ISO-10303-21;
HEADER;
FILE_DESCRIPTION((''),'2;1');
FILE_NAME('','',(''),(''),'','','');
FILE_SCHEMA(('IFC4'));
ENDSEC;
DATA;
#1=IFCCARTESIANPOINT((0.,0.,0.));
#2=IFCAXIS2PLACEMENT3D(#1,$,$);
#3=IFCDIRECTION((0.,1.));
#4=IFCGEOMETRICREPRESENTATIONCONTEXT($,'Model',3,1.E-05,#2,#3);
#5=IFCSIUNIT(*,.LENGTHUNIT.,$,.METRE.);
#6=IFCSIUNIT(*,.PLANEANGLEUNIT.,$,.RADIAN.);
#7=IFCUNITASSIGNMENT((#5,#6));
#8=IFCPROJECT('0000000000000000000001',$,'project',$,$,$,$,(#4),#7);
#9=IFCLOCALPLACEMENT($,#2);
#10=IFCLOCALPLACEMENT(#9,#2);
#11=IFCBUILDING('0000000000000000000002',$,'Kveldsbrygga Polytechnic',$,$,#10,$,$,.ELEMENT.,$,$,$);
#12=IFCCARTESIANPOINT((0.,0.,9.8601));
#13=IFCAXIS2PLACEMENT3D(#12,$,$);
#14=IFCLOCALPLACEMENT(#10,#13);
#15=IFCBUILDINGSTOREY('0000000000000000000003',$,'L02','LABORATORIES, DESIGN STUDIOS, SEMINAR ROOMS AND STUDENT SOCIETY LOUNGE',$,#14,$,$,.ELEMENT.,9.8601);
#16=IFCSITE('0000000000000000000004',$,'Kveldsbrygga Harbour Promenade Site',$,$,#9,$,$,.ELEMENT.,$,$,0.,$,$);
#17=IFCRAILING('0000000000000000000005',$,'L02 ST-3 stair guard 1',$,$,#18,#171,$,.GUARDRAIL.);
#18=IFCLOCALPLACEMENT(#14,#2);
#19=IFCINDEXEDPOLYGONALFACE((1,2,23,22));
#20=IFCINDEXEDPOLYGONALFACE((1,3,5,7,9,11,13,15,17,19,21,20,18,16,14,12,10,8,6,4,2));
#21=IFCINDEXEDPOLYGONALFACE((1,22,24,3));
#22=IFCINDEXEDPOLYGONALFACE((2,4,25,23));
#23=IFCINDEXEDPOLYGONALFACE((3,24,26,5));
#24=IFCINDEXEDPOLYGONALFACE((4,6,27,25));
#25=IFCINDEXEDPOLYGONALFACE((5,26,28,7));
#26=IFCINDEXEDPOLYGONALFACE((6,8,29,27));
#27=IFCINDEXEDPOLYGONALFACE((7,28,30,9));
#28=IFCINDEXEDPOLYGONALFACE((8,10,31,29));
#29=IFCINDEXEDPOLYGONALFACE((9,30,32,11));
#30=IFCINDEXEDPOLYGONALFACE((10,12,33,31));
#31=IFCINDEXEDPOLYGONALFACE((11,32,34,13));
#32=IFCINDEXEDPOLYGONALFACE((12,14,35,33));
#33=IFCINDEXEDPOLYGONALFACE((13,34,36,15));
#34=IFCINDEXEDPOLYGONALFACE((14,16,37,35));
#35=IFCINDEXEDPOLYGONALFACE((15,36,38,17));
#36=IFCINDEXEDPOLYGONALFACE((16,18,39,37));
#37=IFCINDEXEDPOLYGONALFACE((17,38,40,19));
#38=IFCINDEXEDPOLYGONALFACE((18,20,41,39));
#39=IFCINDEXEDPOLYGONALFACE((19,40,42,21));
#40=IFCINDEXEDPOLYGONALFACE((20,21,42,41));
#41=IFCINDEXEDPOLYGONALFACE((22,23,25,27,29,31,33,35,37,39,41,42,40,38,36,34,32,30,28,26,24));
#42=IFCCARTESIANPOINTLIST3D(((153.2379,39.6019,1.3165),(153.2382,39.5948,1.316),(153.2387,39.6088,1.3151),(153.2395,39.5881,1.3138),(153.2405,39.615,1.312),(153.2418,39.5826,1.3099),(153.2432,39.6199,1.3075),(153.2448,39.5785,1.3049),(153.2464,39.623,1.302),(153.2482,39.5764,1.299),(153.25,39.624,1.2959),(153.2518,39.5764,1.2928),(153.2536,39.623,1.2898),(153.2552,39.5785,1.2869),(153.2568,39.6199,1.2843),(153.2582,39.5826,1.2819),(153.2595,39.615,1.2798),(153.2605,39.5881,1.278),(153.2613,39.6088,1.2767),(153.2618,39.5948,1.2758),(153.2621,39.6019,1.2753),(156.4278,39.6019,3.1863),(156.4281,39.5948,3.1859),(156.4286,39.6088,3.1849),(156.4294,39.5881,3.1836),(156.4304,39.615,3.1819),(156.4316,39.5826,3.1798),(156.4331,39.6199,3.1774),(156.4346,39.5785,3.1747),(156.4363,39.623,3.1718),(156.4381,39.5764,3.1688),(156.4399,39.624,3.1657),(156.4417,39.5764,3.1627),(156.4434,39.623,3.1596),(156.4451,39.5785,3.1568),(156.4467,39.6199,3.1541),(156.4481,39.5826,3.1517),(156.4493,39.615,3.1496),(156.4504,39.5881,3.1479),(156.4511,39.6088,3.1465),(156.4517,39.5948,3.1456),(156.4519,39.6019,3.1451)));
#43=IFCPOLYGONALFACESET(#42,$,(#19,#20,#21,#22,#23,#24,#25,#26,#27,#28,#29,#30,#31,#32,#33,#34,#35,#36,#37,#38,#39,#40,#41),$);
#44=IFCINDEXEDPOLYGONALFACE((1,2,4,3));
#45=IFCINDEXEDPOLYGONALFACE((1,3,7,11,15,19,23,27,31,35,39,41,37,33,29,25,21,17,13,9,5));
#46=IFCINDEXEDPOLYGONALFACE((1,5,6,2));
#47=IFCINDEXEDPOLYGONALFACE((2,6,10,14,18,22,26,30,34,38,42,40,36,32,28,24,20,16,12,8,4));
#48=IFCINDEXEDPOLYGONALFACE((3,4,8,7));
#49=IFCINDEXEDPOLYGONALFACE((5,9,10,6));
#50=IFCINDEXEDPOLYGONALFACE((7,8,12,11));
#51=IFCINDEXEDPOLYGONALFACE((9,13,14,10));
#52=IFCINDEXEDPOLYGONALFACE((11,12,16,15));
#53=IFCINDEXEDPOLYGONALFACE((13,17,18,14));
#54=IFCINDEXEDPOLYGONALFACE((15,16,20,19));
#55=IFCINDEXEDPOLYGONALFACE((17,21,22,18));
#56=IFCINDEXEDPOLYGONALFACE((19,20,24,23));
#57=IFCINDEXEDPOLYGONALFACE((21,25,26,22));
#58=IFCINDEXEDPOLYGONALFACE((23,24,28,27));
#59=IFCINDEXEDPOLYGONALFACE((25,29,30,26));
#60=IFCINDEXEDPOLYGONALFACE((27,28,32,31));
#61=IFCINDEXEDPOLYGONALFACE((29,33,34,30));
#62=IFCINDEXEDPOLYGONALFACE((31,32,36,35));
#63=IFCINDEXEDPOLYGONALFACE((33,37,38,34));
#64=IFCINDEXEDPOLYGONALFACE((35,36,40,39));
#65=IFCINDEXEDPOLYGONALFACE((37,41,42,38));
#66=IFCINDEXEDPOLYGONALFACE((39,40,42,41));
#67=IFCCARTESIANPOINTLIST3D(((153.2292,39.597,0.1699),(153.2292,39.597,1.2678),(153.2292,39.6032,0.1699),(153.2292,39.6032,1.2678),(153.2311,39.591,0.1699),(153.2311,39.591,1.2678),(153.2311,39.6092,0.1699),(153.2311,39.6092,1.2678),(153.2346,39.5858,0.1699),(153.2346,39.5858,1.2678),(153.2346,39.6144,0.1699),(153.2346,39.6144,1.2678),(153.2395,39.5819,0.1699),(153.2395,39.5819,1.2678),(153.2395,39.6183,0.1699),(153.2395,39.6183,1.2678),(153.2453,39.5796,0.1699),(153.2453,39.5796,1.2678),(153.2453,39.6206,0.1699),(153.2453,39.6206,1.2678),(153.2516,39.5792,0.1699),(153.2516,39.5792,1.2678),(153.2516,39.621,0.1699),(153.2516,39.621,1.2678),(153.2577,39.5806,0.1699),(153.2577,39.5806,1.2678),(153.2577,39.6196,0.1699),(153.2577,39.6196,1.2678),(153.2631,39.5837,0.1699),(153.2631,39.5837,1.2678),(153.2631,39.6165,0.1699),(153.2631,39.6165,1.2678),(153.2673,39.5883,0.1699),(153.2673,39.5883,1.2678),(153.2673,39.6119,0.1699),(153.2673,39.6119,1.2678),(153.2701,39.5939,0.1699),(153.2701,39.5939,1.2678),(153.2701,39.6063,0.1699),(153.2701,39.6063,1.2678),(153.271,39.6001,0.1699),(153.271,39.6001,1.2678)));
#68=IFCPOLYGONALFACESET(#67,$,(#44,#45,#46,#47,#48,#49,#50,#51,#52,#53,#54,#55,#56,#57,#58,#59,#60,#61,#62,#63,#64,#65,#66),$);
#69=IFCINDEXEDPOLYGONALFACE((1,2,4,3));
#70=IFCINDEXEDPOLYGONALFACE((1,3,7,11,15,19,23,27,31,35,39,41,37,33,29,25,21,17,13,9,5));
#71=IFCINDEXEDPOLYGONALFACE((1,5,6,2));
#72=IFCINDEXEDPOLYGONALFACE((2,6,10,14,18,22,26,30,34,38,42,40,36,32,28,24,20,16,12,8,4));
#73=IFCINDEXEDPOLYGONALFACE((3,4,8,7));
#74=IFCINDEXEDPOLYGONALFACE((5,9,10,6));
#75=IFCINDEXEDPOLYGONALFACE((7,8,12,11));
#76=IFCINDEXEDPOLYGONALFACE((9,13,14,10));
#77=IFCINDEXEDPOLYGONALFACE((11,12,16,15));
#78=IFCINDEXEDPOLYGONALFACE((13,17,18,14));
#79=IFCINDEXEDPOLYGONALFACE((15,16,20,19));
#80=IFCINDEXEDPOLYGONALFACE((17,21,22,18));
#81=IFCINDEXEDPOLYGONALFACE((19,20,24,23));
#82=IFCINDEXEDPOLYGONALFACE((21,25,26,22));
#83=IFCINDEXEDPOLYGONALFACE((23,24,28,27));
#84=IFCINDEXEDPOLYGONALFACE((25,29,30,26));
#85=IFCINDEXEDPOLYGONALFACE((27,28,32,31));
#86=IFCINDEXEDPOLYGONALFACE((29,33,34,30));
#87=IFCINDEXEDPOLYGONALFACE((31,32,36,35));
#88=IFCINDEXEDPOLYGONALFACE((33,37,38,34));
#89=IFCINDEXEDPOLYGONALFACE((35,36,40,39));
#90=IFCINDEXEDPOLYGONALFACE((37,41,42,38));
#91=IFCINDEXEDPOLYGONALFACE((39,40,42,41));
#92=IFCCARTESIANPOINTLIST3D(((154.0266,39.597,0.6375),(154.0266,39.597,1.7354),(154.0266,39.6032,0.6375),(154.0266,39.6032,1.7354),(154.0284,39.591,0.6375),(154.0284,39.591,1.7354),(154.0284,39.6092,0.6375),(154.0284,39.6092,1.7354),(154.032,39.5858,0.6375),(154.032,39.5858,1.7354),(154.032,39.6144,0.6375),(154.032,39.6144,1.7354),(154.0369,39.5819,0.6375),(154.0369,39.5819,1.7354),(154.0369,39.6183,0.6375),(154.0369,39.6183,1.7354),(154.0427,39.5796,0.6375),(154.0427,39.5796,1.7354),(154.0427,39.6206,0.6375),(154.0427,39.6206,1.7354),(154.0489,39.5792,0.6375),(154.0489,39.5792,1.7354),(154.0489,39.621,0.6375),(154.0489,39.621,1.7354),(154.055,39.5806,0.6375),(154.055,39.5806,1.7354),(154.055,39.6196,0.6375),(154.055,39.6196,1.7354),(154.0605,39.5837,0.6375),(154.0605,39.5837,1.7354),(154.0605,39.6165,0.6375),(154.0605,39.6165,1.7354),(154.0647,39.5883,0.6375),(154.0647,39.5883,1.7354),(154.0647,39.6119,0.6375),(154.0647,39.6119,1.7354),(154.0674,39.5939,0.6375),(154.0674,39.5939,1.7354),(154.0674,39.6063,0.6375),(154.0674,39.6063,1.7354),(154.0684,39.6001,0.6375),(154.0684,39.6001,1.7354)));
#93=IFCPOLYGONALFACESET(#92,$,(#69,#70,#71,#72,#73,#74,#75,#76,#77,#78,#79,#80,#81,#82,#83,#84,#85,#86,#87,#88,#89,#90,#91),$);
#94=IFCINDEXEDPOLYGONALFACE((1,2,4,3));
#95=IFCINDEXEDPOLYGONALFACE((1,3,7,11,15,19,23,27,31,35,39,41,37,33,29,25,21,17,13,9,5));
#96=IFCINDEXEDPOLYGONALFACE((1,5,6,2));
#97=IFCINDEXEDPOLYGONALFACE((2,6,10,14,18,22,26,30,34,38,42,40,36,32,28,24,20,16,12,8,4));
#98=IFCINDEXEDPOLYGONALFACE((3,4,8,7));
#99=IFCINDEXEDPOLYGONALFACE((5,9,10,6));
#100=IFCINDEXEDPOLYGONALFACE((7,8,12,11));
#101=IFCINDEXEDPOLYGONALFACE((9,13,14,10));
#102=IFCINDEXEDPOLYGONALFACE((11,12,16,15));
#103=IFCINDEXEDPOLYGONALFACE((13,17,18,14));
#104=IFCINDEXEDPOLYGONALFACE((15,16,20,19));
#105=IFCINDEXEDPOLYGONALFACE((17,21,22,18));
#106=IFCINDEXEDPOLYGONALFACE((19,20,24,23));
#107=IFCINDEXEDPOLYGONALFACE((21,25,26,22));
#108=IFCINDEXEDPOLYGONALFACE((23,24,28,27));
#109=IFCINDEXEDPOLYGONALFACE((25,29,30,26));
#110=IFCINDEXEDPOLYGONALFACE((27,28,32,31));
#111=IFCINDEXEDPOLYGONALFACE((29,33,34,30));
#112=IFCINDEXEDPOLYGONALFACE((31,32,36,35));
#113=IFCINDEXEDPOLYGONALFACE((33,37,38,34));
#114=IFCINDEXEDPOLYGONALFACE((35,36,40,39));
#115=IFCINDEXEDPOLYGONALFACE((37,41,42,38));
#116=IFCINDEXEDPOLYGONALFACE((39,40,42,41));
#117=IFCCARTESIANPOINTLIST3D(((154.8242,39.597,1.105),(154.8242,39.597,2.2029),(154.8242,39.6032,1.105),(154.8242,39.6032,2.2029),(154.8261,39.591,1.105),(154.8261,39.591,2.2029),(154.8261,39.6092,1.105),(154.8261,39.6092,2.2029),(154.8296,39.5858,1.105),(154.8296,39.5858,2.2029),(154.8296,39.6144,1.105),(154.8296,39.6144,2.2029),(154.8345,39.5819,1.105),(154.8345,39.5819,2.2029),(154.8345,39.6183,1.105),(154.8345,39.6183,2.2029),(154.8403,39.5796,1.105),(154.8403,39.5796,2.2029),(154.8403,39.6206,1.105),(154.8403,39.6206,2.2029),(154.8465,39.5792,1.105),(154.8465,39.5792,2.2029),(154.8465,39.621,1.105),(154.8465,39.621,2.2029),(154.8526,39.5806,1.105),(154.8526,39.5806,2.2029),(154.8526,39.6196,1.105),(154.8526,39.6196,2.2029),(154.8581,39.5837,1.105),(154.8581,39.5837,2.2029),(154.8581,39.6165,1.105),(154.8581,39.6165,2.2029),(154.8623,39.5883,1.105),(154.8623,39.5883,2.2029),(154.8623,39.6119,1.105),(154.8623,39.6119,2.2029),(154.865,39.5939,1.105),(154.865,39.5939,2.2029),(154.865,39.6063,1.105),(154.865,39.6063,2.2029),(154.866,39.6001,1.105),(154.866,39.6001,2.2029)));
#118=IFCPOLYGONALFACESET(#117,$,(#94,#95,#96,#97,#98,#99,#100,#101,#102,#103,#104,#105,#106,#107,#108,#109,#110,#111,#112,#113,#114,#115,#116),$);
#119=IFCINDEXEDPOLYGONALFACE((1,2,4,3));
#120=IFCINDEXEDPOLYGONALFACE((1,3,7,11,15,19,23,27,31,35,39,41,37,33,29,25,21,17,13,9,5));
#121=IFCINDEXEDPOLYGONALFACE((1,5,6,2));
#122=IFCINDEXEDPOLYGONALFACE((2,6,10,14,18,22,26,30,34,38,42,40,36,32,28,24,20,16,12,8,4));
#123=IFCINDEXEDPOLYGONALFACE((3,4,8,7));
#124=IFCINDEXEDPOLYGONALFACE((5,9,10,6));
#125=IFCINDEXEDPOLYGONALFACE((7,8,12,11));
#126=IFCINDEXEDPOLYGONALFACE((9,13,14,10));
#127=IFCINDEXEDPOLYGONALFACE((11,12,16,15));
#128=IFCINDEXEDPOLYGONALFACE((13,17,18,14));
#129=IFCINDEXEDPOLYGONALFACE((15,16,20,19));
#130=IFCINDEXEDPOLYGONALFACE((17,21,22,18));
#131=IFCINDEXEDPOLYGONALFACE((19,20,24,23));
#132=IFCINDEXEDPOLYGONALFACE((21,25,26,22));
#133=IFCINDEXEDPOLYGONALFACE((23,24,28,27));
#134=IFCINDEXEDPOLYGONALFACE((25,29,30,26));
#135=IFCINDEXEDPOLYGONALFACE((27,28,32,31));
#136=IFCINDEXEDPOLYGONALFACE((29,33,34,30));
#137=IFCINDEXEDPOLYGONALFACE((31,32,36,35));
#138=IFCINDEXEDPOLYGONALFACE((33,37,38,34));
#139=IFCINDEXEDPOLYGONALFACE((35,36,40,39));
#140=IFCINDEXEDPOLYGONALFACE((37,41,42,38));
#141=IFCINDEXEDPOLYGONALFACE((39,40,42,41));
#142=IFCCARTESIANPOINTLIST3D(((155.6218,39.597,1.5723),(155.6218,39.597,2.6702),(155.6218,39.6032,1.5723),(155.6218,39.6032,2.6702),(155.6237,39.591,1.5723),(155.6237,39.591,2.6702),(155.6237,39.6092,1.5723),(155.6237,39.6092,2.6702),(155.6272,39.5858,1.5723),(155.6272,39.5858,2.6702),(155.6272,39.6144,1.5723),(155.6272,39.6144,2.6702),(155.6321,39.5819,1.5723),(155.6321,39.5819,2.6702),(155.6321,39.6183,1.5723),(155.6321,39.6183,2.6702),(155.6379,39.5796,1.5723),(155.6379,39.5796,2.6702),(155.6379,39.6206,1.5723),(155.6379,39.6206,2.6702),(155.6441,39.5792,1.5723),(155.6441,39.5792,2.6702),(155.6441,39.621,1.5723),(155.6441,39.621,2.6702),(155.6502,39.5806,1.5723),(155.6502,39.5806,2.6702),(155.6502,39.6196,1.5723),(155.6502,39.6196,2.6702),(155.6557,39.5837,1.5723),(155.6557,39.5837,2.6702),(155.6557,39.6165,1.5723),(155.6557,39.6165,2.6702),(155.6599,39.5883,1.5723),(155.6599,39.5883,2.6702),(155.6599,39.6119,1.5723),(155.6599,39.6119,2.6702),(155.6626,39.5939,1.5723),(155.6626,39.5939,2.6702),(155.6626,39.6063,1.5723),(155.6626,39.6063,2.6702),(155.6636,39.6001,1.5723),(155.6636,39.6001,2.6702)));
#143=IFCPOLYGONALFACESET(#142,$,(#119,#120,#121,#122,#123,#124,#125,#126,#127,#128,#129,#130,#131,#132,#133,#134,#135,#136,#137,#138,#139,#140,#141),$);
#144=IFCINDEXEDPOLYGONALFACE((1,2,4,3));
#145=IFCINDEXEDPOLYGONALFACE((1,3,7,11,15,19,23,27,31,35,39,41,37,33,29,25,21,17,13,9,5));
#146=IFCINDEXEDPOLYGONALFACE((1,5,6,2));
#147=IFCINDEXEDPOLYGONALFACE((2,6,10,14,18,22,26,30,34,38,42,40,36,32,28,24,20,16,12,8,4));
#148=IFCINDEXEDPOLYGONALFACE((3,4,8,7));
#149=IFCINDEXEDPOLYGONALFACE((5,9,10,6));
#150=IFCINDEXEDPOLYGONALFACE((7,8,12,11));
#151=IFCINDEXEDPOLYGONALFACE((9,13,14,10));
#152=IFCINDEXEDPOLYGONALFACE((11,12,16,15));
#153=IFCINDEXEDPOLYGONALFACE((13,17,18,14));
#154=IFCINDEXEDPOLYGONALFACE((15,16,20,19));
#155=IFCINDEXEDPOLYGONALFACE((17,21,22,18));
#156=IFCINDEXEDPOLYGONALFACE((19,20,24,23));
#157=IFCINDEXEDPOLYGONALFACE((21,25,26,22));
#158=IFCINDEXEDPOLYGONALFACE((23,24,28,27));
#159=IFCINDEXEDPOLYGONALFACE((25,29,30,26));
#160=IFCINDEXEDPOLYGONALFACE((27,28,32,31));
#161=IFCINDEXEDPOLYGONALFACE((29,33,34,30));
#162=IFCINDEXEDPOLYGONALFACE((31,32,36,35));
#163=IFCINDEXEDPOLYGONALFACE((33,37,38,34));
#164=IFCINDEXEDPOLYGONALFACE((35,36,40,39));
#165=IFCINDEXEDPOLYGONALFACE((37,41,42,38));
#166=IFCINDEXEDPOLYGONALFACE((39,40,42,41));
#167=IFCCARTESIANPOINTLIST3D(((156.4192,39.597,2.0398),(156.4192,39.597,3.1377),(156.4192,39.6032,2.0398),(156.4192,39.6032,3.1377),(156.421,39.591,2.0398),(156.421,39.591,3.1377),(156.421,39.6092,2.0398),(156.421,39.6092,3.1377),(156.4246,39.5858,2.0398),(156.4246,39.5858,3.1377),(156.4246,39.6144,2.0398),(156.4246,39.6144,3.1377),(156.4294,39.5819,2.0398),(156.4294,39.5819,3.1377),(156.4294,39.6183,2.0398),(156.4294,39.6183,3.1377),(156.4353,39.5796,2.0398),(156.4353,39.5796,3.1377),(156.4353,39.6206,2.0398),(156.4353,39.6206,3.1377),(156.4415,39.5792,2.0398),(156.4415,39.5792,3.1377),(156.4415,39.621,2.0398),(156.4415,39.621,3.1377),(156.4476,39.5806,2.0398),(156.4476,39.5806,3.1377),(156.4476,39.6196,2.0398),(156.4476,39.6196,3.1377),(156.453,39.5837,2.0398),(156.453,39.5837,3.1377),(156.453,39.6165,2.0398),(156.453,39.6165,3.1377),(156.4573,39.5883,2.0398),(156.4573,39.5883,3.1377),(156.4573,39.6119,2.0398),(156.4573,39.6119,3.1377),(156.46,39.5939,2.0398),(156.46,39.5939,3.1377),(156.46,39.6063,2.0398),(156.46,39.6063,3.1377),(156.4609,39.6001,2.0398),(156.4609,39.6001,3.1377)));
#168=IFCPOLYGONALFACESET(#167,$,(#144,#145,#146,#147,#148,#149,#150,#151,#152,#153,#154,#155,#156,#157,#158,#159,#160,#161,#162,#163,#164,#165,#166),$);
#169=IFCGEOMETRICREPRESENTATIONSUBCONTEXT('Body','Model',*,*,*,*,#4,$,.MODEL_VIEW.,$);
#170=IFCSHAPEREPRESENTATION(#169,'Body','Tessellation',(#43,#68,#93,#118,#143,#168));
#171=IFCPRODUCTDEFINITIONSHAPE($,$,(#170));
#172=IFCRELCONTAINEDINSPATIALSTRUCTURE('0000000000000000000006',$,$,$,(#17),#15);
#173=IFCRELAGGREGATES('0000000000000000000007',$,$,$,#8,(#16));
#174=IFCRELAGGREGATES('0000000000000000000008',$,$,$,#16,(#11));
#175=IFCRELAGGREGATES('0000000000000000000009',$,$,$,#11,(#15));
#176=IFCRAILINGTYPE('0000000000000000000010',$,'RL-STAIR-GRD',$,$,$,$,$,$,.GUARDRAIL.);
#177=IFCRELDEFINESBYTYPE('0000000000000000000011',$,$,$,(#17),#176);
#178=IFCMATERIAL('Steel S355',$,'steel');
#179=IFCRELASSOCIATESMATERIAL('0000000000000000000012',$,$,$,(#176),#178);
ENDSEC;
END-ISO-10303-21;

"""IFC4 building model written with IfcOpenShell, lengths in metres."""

from ifc_helpers import new_model, si_unit, direction, frame, origin, origin_2d, place, context, subcontext, project, spatial, circle, extrude, material, type_object, element, save


model = new_model("IFC4")

# Units and contexts
model_context = context("Model", 3, precision=1e-05, world=origin(), true_north=direction((0.0, 1.0)))
body_context = subcontext(model_context, "Body", "Model", "MODEL_VIEW")
ifc_project = project(units=[si_unit("LENGTHUNIT", "METRE"), si_unit("PLANEANGLEUNIT", "RADIAN")], contexts=[model_context])

# Site, building, storey
site_placement = place(None, origin())
site = spatial("IfcSite", under=ifc_project, at=site_placement, Name="Kveldsbrygga Harbour Promenade Site", CompositionType="ELEMENT", RefElevation=0.0)
building_placement = place(site_placement, origin())
building = spatial("IfcBuilding", under=site, at=building_placement, Name="Kveldsbrygga Polytechnic", CompositionType="ELEMENT")
storey_placement = place(building_placement, frame((0.0, 0.0, 9.8601)))
storey = spatial("IfcBuildingStorey", under=building, at=storey_placement, Name="L02", Description="LABORATORIES, DESIGN STUDIOS, SEMINAR ROOMS AND STUDENT SOCIETY LOUNGE", CompositionType="ELEMENT", Elevation=9.8601)

# Shared definitions
ifc_material_1 = material(Name="Steel S355", Category="steel")

# Railing
railing_type_1 = type_object("IfcRailingType", Name="RL-STAIR-GRD", PredefinedType="GUARDRAIL", material=ifc_material_1)
railing_1_placement = place(storey_placement, frame((153.25, 39.6001, 0.1699)))
element("IfcRailing", 1, at=railing_1_placement, inside=storey, type_object=railing_type_1, Name="L02 ST-3 stair guard 1", PredefinedType="GUARDRAIL", context=body_context, shape_type="SweptSolid", body=[
    extrude(circle(Radius=0.0239, at=origin_2d()), frame((0.0, 0.0, 1.126), z_axis=(0.862709, 0.0, 0.505701), x_axis=(0.0, 1.0, 0.0)), (0.0, 0.0, 1.0), 3.6975),
    extrude(circle(Radius=0.021, at=origin_2d()), origin(), (0.0, 0.0, 1.0), 1.0979),
    extrude(circle(Radius=0.021, at=origin_2d()), frame((0.7974, 0.0, 0.4675)), (0.0, 0.0, 1.0), 1.0979),
    extrude(circle(Radius=0.021, at=origin_2d()), frame((1.595, 0.0, 0.9351)), (0.0, 0.0, 1.0), 1.0979),
    extrude(circle(Radius=0.021, at=origin_2d()), frame((2.3926, 0.0, 1.4023)), (0.0, 0.0, 1.0), 1.0979),
    extrude(circle(Radius=0.021, at=origin_2d()), frame((3.1899, 0.0, 1.8699)), (0.0, 0.0, 1.0), 1.0979),
])

save(model, "model.ifc")
